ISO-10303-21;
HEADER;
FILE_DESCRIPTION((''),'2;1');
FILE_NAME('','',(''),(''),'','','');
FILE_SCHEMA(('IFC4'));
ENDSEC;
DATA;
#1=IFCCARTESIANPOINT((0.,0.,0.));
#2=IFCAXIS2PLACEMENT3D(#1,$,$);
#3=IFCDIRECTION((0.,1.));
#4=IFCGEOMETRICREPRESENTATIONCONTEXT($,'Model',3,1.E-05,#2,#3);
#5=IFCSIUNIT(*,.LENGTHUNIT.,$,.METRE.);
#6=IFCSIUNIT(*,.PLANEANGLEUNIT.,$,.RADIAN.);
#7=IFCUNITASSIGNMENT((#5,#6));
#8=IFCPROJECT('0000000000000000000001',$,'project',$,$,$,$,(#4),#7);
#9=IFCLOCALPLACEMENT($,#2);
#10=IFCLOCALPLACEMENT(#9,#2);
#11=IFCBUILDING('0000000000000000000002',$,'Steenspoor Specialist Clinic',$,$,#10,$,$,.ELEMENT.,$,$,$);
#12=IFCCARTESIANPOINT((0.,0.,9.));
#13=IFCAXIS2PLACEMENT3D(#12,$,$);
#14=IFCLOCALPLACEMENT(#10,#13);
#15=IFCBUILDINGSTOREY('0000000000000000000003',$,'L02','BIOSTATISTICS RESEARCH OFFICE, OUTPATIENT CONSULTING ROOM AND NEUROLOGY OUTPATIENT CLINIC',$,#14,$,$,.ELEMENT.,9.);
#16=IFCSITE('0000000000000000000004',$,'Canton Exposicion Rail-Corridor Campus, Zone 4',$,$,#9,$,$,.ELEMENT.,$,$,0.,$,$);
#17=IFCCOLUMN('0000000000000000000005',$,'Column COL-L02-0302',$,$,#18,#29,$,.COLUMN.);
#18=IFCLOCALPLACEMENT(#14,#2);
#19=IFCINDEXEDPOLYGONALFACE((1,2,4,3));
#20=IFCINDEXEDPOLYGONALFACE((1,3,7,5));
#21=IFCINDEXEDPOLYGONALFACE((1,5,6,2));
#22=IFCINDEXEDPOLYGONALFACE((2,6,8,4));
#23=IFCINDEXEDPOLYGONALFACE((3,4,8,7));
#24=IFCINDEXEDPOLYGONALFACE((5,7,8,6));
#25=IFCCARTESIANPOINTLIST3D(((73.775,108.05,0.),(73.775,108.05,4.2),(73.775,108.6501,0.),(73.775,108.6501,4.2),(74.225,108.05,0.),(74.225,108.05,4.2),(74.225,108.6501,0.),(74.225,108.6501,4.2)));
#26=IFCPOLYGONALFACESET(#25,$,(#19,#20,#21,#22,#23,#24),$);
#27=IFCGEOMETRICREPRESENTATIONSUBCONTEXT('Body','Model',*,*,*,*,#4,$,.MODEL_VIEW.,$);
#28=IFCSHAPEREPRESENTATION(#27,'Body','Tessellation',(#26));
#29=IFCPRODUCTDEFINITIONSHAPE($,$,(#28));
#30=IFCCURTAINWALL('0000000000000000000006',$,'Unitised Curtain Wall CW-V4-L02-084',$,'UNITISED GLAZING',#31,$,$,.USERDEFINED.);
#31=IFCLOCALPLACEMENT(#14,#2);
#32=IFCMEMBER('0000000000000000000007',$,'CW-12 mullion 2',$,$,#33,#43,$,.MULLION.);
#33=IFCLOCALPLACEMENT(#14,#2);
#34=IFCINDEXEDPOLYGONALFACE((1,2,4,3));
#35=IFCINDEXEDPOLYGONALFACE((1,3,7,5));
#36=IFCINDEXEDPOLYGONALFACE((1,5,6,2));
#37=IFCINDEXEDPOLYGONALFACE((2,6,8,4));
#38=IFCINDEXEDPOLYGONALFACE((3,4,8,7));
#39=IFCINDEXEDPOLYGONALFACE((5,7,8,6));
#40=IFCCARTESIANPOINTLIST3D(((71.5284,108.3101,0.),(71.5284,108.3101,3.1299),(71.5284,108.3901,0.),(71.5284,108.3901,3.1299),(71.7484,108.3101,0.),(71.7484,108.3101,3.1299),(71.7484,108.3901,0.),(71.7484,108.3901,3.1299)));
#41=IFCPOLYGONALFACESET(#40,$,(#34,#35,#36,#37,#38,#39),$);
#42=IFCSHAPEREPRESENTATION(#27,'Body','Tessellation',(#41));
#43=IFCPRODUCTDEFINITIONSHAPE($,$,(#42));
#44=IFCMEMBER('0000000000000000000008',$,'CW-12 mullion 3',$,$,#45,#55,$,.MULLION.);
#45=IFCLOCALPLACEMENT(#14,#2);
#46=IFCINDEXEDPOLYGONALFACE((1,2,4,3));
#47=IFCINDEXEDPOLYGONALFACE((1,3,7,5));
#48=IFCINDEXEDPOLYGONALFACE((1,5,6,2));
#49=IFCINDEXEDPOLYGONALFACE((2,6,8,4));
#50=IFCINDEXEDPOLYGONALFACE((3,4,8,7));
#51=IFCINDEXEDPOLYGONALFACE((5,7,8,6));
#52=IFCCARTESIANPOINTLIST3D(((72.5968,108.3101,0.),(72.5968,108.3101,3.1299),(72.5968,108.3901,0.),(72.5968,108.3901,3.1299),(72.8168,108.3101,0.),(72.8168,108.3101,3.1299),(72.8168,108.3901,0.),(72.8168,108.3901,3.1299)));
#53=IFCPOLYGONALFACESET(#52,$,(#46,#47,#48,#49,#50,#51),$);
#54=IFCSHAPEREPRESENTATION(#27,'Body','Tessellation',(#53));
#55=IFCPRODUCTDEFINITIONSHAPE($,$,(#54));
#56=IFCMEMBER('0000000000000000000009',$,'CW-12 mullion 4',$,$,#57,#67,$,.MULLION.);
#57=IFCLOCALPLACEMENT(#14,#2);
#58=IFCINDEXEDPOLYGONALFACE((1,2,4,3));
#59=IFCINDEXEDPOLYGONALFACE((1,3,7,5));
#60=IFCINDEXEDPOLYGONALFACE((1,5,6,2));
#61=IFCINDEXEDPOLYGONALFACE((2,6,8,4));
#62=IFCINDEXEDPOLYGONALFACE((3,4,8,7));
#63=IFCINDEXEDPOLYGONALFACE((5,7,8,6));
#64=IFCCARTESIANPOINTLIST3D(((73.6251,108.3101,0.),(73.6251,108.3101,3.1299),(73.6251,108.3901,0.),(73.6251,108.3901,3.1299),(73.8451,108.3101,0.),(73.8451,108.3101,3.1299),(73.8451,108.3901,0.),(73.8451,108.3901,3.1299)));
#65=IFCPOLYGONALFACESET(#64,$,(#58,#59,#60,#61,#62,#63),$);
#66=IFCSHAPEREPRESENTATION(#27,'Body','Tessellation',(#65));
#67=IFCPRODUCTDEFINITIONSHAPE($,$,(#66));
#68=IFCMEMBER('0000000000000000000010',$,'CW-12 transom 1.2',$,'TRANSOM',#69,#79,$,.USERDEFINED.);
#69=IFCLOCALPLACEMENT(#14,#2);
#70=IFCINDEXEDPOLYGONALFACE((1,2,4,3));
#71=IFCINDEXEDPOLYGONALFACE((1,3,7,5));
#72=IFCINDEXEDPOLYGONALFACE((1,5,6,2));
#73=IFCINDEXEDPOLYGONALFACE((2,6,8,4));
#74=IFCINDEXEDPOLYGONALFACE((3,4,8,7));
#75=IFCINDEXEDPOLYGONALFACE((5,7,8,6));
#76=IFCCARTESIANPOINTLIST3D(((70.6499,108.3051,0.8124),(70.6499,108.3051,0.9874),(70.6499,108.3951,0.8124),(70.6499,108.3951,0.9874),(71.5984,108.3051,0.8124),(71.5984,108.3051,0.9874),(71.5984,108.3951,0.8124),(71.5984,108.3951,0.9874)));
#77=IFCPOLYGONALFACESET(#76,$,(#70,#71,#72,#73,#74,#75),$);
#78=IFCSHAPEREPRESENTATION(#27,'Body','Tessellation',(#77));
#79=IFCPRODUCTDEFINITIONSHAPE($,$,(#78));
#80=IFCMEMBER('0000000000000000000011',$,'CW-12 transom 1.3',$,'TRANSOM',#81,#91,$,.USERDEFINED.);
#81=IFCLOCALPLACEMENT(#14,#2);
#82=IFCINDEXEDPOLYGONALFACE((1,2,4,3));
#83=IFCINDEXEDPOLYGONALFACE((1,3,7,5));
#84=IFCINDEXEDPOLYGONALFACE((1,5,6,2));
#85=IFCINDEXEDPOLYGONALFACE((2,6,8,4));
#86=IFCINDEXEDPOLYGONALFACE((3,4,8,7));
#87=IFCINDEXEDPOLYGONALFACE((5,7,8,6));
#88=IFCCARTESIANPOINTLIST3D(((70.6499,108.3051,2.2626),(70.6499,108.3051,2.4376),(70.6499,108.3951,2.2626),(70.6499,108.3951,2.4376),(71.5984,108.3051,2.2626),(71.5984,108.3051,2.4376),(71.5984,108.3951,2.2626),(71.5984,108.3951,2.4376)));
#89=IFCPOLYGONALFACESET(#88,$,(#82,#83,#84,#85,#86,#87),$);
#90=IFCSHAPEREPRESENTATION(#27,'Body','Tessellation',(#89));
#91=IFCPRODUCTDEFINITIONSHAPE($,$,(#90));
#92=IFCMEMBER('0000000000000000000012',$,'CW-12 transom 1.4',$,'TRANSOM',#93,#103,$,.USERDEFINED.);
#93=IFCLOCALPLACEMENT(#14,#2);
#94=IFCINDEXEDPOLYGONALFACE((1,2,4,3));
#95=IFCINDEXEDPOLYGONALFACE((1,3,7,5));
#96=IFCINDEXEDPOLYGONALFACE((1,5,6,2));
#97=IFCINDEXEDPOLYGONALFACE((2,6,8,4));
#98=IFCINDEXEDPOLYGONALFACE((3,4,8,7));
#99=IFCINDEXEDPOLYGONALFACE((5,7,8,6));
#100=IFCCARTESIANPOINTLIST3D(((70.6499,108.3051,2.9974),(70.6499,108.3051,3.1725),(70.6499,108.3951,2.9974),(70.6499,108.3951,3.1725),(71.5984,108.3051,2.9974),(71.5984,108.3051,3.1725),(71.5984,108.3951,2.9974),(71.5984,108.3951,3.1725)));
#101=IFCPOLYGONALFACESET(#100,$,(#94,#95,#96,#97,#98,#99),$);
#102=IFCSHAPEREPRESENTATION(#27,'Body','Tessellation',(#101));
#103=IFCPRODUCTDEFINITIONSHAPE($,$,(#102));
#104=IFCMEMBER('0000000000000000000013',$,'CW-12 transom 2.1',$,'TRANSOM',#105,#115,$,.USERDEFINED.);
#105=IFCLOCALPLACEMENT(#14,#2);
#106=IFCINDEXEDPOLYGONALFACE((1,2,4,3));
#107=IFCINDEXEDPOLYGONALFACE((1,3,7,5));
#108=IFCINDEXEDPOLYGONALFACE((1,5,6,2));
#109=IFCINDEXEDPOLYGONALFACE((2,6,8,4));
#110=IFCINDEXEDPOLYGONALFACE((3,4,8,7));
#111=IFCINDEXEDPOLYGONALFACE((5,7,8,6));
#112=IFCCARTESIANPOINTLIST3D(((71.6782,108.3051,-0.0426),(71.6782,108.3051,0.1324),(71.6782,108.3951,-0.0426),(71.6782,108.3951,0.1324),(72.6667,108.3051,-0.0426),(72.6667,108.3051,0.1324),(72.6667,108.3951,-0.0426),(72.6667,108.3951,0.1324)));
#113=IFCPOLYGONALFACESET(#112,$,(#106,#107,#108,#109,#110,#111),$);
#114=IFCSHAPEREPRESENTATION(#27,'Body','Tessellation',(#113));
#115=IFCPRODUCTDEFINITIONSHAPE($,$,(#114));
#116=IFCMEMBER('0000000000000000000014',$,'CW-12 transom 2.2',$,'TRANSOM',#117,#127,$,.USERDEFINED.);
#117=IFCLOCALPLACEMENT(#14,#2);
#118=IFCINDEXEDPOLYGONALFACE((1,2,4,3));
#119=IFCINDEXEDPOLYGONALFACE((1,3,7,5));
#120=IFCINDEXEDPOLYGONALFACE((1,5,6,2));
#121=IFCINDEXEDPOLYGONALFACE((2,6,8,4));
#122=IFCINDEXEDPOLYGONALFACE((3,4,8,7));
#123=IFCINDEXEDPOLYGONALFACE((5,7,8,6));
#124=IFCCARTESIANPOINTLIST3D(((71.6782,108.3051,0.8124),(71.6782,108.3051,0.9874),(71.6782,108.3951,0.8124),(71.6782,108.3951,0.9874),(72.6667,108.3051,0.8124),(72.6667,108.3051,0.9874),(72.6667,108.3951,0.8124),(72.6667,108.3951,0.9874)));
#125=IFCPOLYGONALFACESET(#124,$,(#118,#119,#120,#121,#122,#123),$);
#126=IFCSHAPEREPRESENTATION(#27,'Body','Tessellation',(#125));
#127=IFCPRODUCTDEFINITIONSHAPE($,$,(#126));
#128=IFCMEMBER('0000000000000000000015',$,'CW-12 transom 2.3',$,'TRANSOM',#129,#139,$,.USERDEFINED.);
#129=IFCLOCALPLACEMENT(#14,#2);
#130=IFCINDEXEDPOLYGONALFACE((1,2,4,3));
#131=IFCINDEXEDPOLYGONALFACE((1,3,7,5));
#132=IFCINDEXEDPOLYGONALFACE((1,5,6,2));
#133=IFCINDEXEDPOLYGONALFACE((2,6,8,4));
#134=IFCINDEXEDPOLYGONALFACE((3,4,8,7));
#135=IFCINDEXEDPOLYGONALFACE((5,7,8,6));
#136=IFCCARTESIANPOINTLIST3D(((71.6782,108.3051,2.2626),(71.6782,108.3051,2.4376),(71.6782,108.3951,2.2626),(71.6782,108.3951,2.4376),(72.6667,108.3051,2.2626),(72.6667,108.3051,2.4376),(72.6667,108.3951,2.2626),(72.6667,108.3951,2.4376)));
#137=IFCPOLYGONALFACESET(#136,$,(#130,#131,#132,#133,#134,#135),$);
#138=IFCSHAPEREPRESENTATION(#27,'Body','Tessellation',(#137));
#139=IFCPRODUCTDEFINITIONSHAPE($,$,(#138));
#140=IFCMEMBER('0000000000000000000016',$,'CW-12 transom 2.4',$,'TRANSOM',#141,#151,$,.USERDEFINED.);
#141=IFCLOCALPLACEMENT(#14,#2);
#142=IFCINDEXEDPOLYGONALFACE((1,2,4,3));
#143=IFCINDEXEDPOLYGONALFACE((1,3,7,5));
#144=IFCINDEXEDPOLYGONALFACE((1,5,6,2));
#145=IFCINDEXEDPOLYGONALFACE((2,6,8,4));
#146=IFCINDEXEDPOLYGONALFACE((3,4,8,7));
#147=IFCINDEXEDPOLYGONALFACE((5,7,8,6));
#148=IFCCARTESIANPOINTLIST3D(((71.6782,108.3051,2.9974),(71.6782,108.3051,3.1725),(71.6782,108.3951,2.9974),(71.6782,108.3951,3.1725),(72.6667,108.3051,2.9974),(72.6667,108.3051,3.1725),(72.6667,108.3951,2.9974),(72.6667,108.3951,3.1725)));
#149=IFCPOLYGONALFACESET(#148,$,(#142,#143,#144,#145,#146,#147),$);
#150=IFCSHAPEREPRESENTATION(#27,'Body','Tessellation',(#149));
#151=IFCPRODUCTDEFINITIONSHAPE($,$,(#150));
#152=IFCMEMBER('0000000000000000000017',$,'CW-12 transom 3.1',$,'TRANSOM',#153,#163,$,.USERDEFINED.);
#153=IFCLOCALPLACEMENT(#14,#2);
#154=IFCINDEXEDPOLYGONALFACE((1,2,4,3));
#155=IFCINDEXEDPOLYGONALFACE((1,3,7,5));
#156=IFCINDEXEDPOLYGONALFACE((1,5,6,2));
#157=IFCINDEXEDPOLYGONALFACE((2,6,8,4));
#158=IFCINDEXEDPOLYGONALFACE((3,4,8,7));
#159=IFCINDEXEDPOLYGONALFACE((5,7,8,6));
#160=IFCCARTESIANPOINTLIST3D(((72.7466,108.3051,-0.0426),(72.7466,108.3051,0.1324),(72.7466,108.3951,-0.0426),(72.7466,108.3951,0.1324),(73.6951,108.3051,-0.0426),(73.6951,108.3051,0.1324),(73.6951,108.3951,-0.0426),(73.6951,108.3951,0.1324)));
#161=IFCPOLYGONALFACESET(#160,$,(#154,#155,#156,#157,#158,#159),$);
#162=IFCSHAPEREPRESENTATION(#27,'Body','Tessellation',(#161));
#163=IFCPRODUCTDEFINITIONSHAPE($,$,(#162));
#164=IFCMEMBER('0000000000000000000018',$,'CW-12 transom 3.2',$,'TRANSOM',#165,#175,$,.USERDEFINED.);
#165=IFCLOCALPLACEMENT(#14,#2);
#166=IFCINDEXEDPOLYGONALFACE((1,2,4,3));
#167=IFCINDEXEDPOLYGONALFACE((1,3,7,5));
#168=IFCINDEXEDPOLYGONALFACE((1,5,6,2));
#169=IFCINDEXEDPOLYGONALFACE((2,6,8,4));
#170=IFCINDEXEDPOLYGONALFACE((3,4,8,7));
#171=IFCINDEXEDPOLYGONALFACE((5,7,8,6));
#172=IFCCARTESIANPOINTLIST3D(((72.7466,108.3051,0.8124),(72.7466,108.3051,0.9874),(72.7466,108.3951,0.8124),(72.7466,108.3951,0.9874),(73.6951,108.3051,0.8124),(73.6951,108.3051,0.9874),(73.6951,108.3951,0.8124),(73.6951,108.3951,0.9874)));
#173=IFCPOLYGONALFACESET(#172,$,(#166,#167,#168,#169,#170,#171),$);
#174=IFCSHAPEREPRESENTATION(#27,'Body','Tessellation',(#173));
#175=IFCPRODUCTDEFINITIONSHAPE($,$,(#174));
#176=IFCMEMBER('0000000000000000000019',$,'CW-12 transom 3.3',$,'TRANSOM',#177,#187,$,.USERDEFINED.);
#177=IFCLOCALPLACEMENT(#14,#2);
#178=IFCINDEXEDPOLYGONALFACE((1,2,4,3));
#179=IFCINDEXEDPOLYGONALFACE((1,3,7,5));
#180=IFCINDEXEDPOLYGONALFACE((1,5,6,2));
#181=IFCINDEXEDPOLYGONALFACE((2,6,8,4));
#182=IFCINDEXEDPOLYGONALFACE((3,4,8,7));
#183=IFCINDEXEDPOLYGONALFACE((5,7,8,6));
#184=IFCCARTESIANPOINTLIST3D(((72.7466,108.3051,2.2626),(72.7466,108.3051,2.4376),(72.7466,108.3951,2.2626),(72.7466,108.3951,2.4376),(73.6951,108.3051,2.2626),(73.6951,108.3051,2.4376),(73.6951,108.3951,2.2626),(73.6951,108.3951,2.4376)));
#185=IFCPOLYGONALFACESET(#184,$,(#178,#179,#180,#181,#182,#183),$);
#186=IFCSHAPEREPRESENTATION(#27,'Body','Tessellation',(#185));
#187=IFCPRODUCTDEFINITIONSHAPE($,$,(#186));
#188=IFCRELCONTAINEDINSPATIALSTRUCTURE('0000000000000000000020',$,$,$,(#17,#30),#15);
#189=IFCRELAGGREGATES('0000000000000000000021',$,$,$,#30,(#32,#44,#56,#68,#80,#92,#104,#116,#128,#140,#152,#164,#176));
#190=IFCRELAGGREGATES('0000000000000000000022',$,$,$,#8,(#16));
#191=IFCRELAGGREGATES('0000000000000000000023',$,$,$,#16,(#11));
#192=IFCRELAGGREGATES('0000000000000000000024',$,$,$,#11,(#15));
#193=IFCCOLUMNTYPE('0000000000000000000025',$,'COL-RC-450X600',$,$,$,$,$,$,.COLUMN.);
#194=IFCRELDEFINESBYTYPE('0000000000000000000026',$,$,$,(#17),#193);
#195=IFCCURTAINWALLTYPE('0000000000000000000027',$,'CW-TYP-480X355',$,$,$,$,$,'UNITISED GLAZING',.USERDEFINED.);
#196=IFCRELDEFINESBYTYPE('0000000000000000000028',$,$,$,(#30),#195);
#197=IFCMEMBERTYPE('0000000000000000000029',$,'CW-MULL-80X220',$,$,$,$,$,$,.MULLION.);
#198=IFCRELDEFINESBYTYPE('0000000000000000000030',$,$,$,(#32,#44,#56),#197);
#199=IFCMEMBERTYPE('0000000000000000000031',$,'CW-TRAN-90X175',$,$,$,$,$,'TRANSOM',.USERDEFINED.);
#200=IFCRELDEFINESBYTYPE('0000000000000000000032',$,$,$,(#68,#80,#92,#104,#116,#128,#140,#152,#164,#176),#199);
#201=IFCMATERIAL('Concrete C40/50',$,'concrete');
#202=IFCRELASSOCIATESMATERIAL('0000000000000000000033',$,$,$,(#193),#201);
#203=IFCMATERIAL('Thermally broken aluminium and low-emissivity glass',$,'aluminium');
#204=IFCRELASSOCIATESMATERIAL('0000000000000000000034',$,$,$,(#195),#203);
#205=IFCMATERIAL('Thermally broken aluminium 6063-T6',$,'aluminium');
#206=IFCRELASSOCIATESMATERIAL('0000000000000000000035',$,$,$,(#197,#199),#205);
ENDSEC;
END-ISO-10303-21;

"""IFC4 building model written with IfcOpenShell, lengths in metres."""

from ifc_helpers import new_model, si_unit, direction, frame, origin, origin_2d, place, context, subcontext, project, spatial, rectangle, extrude, material, material_profile, profile_set, type_object, element, aggregate, save


model = new_model("IFC4")

# Units and contexts
model_context = context("Model", 3, precision=1e-05, world=origin(), true_north=direction((0.0, 1.0)))
body_context = subcontext(model_context, "Body", "Model", "MODEL_VIEW")
ifc_project = project(units=[si_unit("LENGTHUNIT", "METRE"), si_unit("PLANEANGLEUNIT", "RADIAN")], contexts=[model_context])

# Site, building, storey
site_placement = place(None, origin())
site = spatial("IfcSite", under=ifc_project, at=site_placement, Name="Canton Exposicion Rail-Corridor Campus, Zone 4", CompositionType="ELEMENT", RefElevation=0.0)
building_placement = place(site_placement, origin())
building = spatial("IfcBuilding", under=site, at=building_placement, Name="Steenspoor Specialist Clinic", CompositionType="ELEMENT")
storey_placement = place(building_placement, frame((0.0, 0.0, 9.0)))
storey = spatial("IfcBuildingStorey", under=building, at=storey_placement, Name="L02", Description="BIOSTATISTICS RESEARCH OFFICE, OUTPATIENT CONSULTING ROOM AND NEUROLOGY OUTPATIENT CLINIC", CompositionType="ELEMENT", Elevation=9.0)

# Column
ifc_material_1 = material(Name="Concrete C40/50", Category="concrete")
ifc_material_profile_1 = material_profile(ifc_material_1, rectangle(XDim=0.45, YDim=0.6001, at=origin_2d()), Name="RC-COL-450X600")
ifc_profile_set_1 = profile_set([ifc_material_profile_1], Name="Concrete C40/50")
column_type = type_object("IfcColumnType", Name="COL-RC-450X600", PredefinedType="COLUMN", material=ifc_profile_set_1)
column_placement = place(storey_placement, frame((74.0, 108.3501, 0.0), z_axis=(0.0, 0.0, 1.0), x_axis=(1.0, 0.0, 0.0)))
element("IfcColumn", 1, at=column_placement, inside=storey, type_object=column_type, Name="Column COL-L02-0302", PredefinedType="COLUMN", context=body_context, shape_type="SweptSolid", body=[
    extrude(rectangle(XDim=0.45, YDim=0.6001, at=origin_2d()), origin(), (0.0, 0.0, 1.0), 4.2),
])

# Curtain wall, members
ifc_material_2 = material(Name="Thermally broken aluminium and low-emissivity glass", Category="aluminium")
curtain_wall_type = type_object("IfcCurtainWallType", Name="CW-TYP-480X355", ElementType="UNITISED GLAZING", PredefinedType="USERDEFINED", material=ifc_material_2)
curtain_wall_placement = place(storey_placement, origin())
curtain_wall = element("IfcCurtainWall", 2, at=curtain_wall_placement, inside=storey, type_object=curtain_wall_type, Name="Unitised Curtain Wall CW-V4-L02-084", ObjectType="UNITISED GLAZING", PredefinedType="USERDEFINED")
ifc_material_3 = material(Name="Thermally broken aluminium 6063-T6", Category="aluminium")
ifc_material_profile_2 = material_profile(ifc_material_3, rectangle(XDim=0.0801, YDim=0.22, at=origin_2d()), Name="CWM-80X220")
ifc_profile_set_2 = profile_set([ifc_material_profile_2], Name="Thermally broken aluminium 6063-T6")
member_type_1 = type_object("IfcMemberType", Name="CW-MULL-80X220", PredefinedType="MULLION", material=ifc_profile_set_2)
member_1_placement = place(storey_placement, frame((71.6384, 108.3501, 0.0), z_axis=(0.0, 0.0, 1.0), x_axis=(0.0, 1.0, 0.0)))
member_1 = element("IfcMember", 3, at=member_1_placement, type_object=member_type_1, Name="CW-12 mullion 2", PredefinedType="MULLION", context=body_context, shape_type="SweptSolid", body=[
    extrude(rectangle(XDim=0.0801, YDim=0.22, at=origin_2d()), origin(), (0.0, 0.0, 1.0), 3.1299),
])
member_2_placement = place(storey_placement, frame((72.7068, 108.3501, 0.0), z_axis=(0.0, 0.0, 1.0), x_axis=(0.0, 1.0, 0.0)))
member_2 = element("IfcMember", 4, at=member_2_placement, type_object=member_type_1, Name="CW-12 mullion 3", PredefinedType="MULLION", context=body_context, shape_type="SweptSolid", body=[
    extrude(rectangle(XDim=0.0801, YDim=0.22, at=origin_2d()), origin(), (0.0, 0.0, 1.0), 3.1299),
])
member_3_placement = place(storey_placement, frame((73.7351, 108.3501, 0.0), z_axis=(0.0, 0.0, 1.0), x_axis=(0.0, 1.0, 0.0)))
member_3 = element("IfcMember", 5, at=member_3_placement, type_object=member_type_1, Name="CW-12 mullion 4", PredefinedType="MULLION", context=body_context, shape_type="SweptSolid", body=[
    extrude(rectangle(XDim=0.0801, YDim=0.22, at=origin_2d()), origin(), (0.0, 0.0, 1.0), 3.1299),
])
ifc_material_profile_3 = material_profile(ifc_material_3, rectangle(XDim=0.0901, YDim=0.175, at=origin_2d()), Name="CWT-90X175")
ifc_profile_set_3 = profile_set([ifc_material_profile_3], Name="Thermally broken aluminium 6063-T6")
member_type_2 = type_object("IfcMemberType", Name="CW-TRAN-90X175", ElementType="TRANSOM", PredefinedType="USERDEFINED", material=ifc_profile_set_3)
member_4_placement = place(storey_placement, frame((70.6499, 108.3501, 0.8999), z_axis=(1.0, 0.0, 0.0), x_axis=(0.0, 1.0, 0.0)))
member_4 = element("IfcMember", 6, at=member_4_placement, type_object=member_type_2, Name="CW-12 transom 1.2", ObjectType="TRANSOM", PredefinedType="USERDEFINED", context=body_context, shape_type="SweptSolid", body=[
    extrude(rectangle(XDim=0.0901, YDim=0.175, at=origin_2d()), origin(), (0.0, 0.0, 1.0), 0.9485),
])
member_5_placement = place(storey_placement, frame((70.6499, 108.3501, 2.3501), z_axis=(1.0, 0.0, 0.0), x_axis=(0.0, 1.0, 0.0)))
member_5 = element("IfcMember", 7, at=member_5_placement, type_object=member_type_2, Name="CW-12 transom 1.3", ObjectType="TRANSOM", PredefinedType="USERDEFINED", context=body_context, shape_type="SweptSolid", body=[
    extrude(rectangle(XDim=0.0901, YDim=0.175, at=origin_2d()), origin(), (0.0, 0.0, 1.0), 0.9485),
])
member_6_placement = place(storey_placement, frame((70.6499, 108.3501, 3.085), z_axis=(1.0, 0.0, 0.0), x_axis=(0.0, 1.0, 0.0)))
member_6 = element("IfcMember", 8, at=member_6_placement, type_object=member_type_2, Name="CW-12 transom 1.4", ObjectType="TRANSOM", PredefinedType="USERDEFINED", context=body_context, shape_type="SweptSolid", body=[
    extrude(rectangle(XDim=0.0901, YDim=0.175, at=origin_2d()), origin(), (0.0, 0.0, 1.0), 0.9485),
])
member_7_placement = place(storey_placement, frame((71.6782, 108.3501, 0.0449), z_axis=(1.0, 0.0, 0.0), x_axis=(0.0, 1.0, 0.0)))
member_7 = element("IfcMember", 9, at=member_7_placement, type_object=member_type_2, Name="CW-12 transom 2.1", ObjectType="TRANSOM", PredefinedType="USERDEFINED", context=body_context, shape_type="SweptSolid", body=[
    extrude(rectangle(XDim=0.0901, YDim=0.175, at=origin_2d()), origin(), (0.0, 0.0, 1.0), 0.9885),
])
member_8_placement = place(storey_placement, frame((71.6782, 108.3501, 0.8999), z_axis=(1.0, 0.0, 0.0), x_axis=(0.0, 1.0, 0.0)))
member_8 = element("IfcMember", 10, at=member_8_placement, type_object=member_type_2, Name="CW-12 transom 2.2", ObjectType="TRANSOM", PredefinedType="USERDEFINED", context=body_context, shape_type="SweptSolid", body=[
    extrude(rectangle(XDim=0.0901, YDim=0.175, at=origin_2d()), origin(), (0.0, 0.0, 1.0), 0.9885),
])
member_9_placement = place(storey_placement, frame((71.6782, 108.3501, 2.3501), z_axis=(1.0, 0.0, 0.0), x_axis=(0.0, 1.0, 0.0)))
member_9 = element("IfcMember", 11, at=member_9_placement, type_object=member_type_2, Name="CW-12 transom 2.3", ObjectType="TRANSOM", PredefinedType="USERDEFINED", context=body_context, shape_type="SweptSolid", body=[
    extrude(rectangle(XDim=0.0901, YDim=0.175, at=origin_2d()), origin(), (0.0, 0.0, 1.0), 0.9885),
])
member_10_placement = place(storey_placement, frame((71.6782, 108.3501, 3.085), z_axis=(1.0, 0.0, 0.0), x_axis=(0.0, 1.0, 0.0)))
member_10 = element("IfcMember", 12, at=member_10_placement, type_object=member_type_2, Name="CW-12 transom 2.4", ObjectType="TRANSOM", PredefinedType="USERDEFINED", context=body_context, shape_type="SweptSolid", body=[
    extrude(rectangle(XDim=0.0901, YDim=0.175, at=origin_2d()), origin(), (0.0, 0.0, 1.0), 0.9885),
])
member_11_placement = place(storey_placement, frame((72.7466, 108.3501, 0.0449), z_axis=(1.0, 0.0, 0.0), x_axis=(0.0, 1.0, 0.0)))
member_11 = element("IfcMember", 13, at=member_11_placement, type_object=member_type_2, Name="CW-12 transom 3.1", ObjectType="TRANSOM", PredefinedType="USERDEFINED", context=body_context, shape_type="SweptSolid", body=[
    extrude(rectangle(XDim=0.0901, YDim=0.175, at=origin_2d()), origin(), (0.0, 0.0, 1.0), 0.9485),
])
member_12_placement = place(storey_placement, frame((72.7466, 108.3501, 0.8999), z_axis=(1.0, 0.0, 0.0), x_axis=(0.0, 1.0, 0.0)))
member_12 = element("IfcMember", 14, at=member_12_placement, type_object=member_type_2, Name="CW-12 transom 3.2", ObjectType="TRANSOM", PredefinedType="USERDEFINED", context=body_context, shape_type="SweptSolid", body=[
    extrude(rectangle(XDim=0.0901, YDim=0.175, at=origin_2d()), origin(), (0.0, 0.0, 1.0), 0.9485),
])
member_13_placement = place(storey_placement, frame((72.7466, 108.3501, 2.3501), z_axis=(1.0, 0.0, 0.0), x_axis=(0.0, 1.0, 0.0)))
member_13 = element("IfcMember", 15, at=member_13_placement, type_object=member_type_2, Name="CW-12 transom 3.3", ObjectType="TRANSOM", PredefinedType="USERDEFINED", context=body_context, shape_type="SweptSolid", body=[
    extrude(rectangle(XDim=0.0901, YDim=0.175, at=origin_2d()), origin(), (0.0, 0.0, 1.0), 0.9485),
])
aggregate(curtain_wall, [member_1, member_2, member_3, member_4, member_5, member_6, member_7, member_8, member_9, member_10, member_11, member_12, member_13])

save(model, "model.ifc")
